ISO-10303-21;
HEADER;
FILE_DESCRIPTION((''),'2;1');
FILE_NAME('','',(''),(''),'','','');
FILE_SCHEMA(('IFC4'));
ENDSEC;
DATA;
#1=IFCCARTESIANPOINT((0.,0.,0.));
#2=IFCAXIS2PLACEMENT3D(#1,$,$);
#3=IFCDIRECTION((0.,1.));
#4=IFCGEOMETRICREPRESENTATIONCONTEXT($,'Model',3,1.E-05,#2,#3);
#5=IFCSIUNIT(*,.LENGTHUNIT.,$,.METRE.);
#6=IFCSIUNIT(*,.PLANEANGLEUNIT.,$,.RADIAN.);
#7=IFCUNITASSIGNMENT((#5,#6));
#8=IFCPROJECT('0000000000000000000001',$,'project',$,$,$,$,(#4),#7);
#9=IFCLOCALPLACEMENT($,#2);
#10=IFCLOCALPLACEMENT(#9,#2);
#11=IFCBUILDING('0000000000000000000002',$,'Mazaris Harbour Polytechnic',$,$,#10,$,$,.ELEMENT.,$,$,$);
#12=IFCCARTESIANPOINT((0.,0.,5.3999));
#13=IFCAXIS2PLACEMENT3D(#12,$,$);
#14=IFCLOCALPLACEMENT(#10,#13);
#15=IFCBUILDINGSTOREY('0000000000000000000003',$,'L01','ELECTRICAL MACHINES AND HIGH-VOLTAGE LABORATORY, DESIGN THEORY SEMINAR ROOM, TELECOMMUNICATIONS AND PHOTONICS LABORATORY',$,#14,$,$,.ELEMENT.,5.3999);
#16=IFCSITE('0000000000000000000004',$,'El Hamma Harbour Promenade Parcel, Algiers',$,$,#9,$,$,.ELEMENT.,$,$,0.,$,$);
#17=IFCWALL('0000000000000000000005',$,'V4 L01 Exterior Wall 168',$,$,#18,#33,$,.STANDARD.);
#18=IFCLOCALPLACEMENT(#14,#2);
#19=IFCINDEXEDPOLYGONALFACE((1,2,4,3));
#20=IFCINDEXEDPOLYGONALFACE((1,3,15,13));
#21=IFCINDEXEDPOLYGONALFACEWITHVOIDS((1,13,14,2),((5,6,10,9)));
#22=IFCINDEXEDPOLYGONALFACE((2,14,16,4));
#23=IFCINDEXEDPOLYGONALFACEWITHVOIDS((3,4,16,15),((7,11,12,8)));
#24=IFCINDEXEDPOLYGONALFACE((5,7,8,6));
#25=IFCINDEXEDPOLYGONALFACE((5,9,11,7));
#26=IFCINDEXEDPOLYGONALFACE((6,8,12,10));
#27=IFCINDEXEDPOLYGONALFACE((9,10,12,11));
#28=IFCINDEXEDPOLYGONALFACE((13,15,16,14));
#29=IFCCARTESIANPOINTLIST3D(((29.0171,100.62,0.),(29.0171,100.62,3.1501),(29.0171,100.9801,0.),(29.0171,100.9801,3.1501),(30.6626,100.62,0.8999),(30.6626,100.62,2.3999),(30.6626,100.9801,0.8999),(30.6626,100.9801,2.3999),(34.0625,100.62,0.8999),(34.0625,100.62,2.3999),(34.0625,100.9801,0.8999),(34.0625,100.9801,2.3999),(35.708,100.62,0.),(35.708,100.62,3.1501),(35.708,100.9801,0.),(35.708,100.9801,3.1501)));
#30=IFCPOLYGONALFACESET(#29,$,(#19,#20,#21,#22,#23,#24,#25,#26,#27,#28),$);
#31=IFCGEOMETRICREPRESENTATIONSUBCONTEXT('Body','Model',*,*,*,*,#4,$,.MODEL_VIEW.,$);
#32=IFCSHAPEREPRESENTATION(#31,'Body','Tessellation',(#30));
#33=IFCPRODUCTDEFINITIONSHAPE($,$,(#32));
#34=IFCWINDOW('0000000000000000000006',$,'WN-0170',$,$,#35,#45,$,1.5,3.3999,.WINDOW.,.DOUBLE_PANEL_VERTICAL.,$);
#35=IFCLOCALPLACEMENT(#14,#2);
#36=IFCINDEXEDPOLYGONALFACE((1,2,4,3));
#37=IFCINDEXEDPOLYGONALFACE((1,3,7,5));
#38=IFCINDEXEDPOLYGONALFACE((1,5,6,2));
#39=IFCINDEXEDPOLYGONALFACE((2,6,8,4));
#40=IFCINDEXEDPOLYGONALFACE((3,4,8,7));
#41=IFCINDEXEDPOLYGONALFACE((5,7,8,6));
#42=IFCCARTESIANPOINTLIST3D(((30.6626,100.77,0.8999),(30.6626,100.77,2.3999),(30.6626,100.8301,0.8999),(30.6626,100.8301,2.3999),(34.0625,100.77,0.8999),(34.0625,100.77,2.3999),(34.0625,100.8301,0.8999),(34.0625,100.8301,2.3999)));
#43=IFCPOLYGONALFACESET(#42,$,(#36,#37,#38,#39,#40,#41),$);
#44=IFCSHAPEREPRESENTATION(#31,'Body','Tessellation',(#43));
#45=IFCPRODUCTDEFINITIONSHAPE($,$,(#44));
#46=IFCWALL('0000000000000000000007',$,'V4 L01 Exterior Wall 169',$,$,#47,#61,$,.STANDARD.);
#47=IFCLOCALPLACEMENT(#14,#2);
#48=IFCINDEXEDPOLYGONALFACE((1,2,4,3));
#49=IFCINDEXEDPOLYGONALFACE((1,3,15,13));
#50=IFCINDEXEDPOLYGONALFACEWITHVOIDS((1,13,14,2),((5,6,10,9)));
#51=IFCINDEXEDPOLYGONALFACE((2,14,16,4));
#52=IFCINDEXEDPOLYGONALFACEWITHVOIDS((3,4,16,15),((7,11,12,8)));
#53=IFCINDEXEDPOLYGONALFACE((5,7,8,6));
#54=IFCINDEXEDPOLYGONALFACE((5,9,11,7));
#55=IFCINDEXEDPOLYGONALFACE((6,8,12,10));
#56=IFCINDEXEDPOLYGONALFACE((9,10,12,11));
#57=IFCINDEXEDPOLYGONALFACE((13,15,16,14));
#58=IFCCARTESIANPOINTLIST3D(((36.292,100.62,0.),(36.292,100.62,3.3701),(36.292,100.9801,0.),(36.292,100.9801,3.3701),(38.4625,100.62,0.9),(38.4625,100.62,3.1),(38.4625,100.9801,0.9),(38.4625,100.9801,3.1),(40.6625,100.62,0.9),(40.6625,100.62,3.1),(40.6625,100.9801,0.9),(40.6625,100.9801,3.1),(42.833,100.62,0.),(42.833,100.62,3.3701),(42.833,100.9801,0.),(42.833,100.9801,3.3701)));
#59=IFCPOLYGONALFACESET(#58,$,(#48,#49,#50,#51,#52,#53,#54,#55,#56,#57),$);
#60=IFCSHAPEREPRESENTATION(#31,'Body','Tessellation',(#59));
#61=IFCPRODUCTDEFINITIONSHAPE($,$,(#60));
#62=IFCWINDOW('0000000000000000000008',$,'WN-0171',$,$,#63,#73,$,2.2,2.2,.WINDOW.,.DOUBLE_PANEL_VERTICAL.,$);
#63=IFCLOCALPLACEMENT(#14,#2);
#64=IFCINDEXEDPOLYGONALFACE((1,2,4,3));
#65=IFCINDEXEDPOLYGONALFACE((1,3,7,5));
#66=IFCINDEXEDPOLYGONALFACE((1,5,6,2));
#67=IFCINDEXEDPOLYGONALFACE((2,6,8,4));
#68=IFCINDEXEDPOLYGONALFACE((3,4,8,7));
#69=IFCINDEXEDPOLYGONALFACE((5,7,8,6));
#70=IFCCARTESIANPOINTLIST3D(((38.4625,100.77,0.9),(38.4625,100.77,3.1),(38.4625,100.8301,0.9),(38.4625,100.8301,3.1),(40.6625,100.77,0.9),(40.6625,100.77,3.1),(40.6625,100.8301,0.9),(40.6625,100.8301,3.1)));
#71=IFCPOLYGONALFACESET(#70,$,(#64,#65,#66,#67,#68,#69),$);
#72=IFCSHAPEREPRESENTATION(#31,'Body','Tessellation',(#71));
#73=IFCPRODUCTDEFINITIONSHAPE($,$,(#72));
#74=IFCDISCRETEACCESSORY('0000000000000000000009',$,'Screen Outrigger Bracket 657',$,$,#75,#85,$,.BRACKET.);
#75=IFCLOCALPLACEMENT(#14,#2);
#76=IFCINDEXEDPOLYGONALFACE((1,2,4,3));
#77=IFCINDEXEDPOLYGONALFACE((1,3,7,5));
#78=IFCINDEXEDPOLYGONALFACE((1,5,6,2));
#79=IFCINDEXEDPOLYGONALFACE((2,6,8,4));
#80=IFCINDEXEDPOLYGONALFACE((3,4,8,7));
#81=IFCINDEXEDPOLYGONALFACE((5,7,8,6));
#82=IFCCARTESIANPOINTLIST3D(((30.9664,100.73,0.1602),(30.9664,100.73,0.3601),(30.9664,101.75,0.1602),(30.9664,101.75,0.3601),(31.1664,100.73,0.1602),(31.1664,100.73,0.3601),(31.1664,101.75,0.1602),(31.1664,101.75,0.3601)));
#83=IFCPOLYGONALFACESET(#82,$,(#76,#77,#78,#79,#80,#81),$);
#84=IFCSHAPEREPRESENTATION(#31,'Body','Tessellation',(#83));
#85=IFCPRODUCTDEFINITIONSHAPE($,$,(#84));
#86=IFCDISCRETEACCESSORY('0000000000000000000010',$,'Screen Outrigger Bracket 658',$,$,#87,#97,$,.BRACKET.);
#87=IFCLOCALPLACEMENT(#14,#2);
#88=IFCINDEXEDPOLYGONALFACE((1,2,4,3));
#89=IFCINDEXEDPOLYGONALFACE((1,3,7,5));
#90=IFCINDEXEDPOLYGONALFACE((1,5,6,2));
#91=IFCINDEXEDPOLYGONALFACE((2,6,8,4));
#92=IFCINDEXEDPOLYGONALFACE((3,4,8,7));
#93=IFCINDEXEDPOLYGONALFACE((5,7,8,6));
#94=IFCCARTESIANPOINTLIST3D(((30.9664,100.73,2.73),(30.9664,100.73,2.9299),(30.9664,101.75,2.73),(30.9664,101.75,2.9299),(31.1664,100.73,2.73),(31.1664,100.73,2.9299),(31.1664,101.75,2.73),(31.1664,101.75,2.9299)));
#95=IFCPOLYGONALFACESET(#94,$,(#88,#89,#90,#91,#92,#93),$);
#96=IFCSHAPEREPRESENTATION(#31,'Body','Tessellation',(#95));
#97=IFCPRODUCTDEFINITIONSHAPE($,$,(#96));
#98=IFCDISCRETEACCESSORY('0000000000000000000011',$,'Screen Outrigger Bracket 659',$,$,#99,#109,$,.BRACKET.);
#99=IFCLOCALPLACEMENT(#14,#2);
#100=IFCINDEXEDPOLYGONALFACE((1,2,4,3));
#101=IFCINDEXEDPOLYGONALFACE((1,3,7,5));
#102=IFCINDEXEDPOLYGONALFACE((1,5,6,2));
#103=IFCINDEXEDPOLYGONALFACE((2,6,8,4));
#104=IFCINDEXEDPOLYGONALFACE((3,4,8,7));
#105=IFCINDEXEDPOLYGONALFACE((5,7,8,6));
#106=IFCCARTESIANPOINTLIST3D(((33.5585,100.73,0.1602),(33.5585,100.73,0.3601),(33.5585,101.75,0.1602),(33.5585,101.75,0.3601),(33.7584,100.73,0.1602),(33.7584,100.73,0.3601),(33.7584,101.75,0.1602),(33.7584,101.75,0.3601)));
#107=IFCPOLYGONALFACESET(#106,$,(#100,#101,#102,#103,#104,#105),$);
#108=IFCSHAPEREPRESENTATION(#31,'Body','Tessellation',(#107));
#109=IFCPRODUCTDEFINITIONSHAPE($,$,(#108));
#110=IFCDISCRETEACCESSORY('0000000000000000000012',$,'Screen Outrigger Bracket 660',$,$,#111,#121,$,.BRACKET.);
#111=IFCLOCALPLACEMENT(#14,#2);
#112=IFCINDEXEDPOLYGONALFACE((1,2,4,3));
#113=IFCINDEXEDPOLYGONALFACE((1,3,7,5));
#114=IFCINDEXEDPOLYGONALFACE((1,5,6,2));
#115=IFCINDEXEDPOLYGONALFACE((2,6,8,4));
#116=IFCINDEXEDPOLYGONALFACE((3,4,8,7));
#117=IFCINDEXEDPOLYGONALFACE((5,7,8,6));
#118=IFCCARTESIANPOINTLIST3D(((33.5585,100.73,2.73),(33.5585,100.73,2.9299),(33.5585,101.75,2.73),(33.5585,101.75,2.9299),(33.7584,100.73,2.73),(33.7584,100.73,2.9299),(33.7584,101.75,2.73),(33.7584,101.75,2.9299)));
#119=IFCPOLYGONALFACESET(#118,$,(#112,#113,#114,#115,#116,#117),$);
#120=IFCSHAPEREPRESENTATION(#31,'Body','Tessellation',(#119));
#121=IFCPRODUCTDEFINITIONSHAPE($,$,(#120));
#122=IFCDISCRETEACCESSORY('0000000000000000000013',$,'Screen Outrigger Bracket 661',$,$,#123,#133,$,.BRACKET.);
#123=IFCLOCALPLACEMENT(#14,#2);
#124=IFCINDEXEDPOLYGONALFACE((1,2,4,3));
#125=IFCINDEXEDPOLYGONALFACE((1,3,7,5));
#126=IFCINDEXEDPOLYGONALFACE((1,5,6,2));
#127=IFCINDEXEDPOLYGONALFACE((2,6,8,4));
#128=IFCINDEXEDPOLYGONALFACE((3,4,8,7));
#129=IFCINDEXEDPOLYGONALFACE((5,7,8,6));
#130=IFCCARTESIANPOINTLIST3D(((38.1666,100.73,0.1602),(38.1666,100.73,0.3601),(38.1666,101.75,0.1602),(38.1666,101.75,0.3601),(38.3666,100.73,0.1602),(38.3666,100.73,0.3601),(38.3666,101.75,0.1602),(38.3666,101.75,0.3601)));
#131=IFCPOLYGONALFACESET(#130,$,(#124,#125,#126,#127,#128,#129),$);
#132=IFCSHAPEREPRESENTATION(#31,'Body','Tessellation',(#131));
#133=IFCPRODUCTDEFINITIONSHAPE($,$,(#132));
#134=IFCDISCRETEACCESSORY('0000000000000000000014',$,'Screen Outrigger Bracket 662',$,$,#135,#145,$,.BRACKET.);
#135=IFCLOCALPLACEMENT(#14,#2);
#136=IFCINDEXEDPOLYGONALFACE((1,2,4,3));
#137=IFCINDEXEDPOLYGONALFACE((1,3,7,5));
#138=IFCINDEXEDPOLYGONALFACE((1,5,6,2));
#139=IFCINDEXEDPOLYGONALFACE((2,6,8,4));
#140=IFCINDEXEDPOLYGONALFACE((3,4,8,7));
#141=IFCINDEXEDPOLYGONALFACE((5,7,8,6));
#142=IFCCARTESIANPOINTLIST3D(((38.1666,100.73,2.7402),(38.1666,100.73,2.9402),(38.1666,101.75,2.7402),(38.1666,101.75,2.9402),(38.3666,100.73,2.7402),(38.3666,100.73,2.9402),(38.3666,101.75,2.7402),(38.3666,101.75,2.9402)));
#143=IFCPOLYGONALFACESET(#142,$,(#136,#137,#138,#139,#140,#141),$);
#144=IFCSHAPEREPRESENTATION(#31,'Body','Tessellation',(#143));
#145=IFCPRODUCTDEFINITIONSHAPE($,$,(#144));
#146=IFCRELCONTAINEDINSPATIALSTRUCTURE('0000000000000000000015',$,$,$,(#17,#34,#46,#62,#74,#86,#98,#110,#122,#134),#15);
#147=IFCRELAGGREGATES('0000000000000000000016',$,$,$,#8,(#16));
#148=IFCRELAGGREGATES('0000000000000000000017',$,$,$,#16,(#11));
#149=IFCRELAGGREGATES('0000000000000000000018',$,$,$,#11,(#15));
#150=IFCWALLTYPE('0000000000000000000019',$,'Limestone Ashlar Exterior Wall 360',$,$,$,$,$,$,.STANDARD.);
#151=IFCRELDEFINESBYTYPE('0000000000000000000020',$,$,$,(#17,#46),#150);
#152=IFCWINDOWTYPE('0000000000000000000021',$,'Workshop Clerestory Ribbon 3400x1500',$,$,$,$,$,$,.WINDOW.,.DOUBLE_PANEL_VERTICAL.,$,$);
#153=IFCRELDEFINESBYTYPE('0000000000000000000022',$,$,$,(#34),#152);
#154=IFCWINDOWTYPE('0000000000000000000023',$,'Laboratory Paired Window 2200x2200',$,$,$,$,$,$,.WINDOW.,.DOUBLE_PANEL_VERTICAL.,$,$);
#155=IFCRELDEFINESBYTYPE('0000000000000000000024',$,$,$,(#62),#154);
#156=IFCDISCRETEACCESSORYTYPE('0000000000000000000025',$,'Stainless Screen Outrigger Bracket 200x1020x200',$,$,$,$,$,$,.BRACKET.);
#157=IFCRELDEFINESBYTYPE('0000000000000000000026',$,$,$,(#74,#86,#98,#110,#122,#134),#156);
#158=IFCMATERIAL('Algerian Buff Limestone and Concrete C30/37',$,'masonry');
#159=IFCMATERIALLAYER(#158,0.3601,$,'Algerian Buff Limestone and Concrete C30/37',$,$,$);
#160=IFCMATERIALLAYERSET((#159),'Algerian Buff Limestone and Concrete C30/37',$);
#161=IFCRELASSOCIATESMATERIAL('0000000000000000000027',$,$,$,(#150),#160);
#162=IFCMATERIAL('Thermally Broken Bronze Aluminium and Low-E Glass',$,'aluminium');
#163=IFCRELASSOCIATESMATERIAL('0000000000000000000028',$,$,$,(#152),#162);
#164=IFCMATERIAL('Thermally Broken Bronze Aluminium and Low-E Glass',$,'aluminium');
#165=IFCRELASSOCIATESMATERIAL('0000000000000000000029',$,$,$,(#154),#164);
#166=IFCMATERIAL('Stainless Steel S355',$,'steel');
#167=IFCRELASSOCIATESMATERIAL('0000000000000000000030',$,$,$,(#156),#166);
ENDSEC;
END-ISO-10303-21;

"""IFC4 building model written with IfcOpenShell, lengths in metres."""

from ifc_helpers import new_model, si_unit, direction, frame, frame_2d, origin, origin_2d, place, context, subcontext, project, spatial, rectangle, extrude, material, layer, layer_set, type_object, element, fill, save


model = new_model("IFC4")

# Units and contexts
model_context = context("Model", 3, precision=1e-05, world=origin(), true_north=direction((0.0, 1.0)))
body_context = subcontext(model_context, "Body", "Model", "MODEL_VIEW")
ifc_project = project(units=[si_unit("LENGTHUNIT", "METRE"), si_unit("PLANEANGLEUNIT", "RADIAN")], contexts=[model_context])

# Site, building, storey
site_placement = place(None, origin())
site = spatial("IfcSite", under=ifc_project, at=site_placement, Name="El Hamma Harbour Promenade Parcel, Algiers", CompositionType="ELEMENT", RefElevation=0.0)
building_placement = place(site_placement, origin())
building = spatial("IfcBuilding", under=site, at=building_placement, Name="Mazaris Harbour Polytechnic", CompositionType="ELEMENT")
storey_placement = place(building_placement, frame((0.0, 0.0, 5.3999)))
storey = spatial("IfcBuildingStorey", under=building, at=storey_placement, Name="L01", Description="ELECTRICAL MACHINES AND HIGH-VOLTAGE LABORATORY, DESIGN THEORY SEMINAR ROOM, TELECOMMUNICATIONS AND PHOTONICS LABORATORY", CompositionType="ELEMENT", Elevation=5.3999)

# Walls, openings, windows
ifc_material_1 = material(Name="Algerian Buff Limestone and Concrete C30/37", Category="masonry")
ifc_layer = layer(ifc_material_1, 0.3601, Name="Algerian Buff Limestone and Concrete C30/37")
ifc_layer_set = layer_set([ifc_layer], Name="Algerian Buff Limestone and Concrete C30/37")
wall_type = type_object("IfcWallType", Name="Limestone Ashlar Exterior Wall 360", PredefinedType="STANDARD", material=ifc_layer_set)
wall_1_placement = place(storey_placement, frame((29.0171, 100.8, 0.0), z_axis=(0.0, 0.0, 1.0), x_axis=(1.0, 0.0, 0.0)))
wall_1 = element("IfcWall", 1, at=wall_1_placement, inside=storey, type_object=wall_type, Name="V4 L01 Exterior Wall 168", PredefinedType="STANDARD", context=body_context, shape_type="SweptSolid", body=[
    extrude(rectangle(XDim=6.6909, YDim=0.3601, at=frame_2d((3.3455, 0.0))), origin(), (0.0, 0.0, 1.0), 3.1501),
])
opening_1_placement = place(wall_1_placement, frame((1.6455, 0.0, 0.8999)))
opening_1 = element("IfcOpeningElement", 2, at=opening_1_placement, cuts=wall_1, PredefinedType="OPENING", context=body_context, shape_type="SweptSolid", body=[
    extrude(rectangle(XDim=3.3999, YDim=1.5, at=frame_2d((1.7, 0.75))), frame((0.0, 0.1899, 0.0), z_axis=(0.0, -1.0, 0.0), x_axis=(1.0, 0.0, 0.0)), (0.0, 0.0, 1.0), 0.3801),
])
ifc_material_2 = material(Name="Thermally Broken Bronze Aluminium and Low-E Glass", Category="aluminium")
window_type_1 = type_object("IfcWindowType", Name="Workshop Clerestory Ribbon 3400x1500", PartitioningType="DOUBLE_PANEL_VERTICAL", PredefinedType="WINDOW", material=ifc_material_2)
window_1_placement = place(opening_1_placement, origin())
window_1 = element("IfcWindow", 3, at=window_1_placement, inside=storey, type_object=window_type_1, Name="WN-0170", OverallHeight=1.5, OverallWidth=3.3999, PartitioningType="DOUBLE_PANEL_VERTICAL", PredefinedType="WINDOW", context=body_context, shape_type="SweptSolid", body=[
    extrude(rectangle(XDim=3.3999, YDim=1.5, at=frame_2d((1.7, 0.75))), frame((0.0, 0.03, 0.0), z_axis=(0.0, -1.0, 0.0), x_axis=(1.0, 0.0, 0.0)), (0.0, 0.0, 1.0), 0.0601),
])
fill(opening_1, window_1)
wall_2_placement = place(storey_placement, frame((36.292, 100.8, 0.0), z_axis=(0.0, 0.0, 1.0), x_axis=(1.0, 0.0, 0.0)))
wall_2 = element("IfcWall", 4, at=wall_2_placement, inside=storey, type_object=wall_type, Name="V4 L01 Exterior Wall 169", PredefinedType="STANDARD", context=body_context, shape_type="SweptSolid", body=[
    extrude(rectangle(XDim=6.541, YDim=0.3601, at=frame_2d((3.2705, 0.0))), origin(), (0.0, 0.0, 1.0), 3.3701),
])
opening_2_placement = place(wall_2_placement, frame((2.1704, 0.0, 0.8999)))
opening_2 = element("IfcOpeningElement", 5, at=opening_2_placement, cuts=wall_2, PredefinedType="OPENING", context=body_context, shape_type="SweptSolid", body=[
    extrude(rectangle(XDim=2.2, YDim=2.2, at=frame_2d((1.1001, 1.1001))), frame((0.0, 0.1899, 0.0), z_axis=(0.0, -1.0, 0.0), x_axis=(1.0, 0.0, 0.0)), (0.0, 0.0, 1.0), 0.3801),
])
ifc_material_3 = material(Name="Thermally Broken Bronze Aluminium and Low-E Glass", Category="aluminium")
window_type_2 = type_object("IfcWindowType", Name="Laboratory Paired Window 2200x2200", PartitioningType="DOUBLE_PANEL_VERTICAL", PredefinedType="WINDOW", material=ifc_material_3)
window_2_placement = place(opening_2_placement, origin())
window_2 = element("IfcWindow", 6, at=window_2_placement, inside=storey, type_object=window_type_2, Name="WN-0171", OverallHeight=2.2, OverallWidth=2.2, PartitioningType="DOUBLE_PANEL_VERTICAL", PredefinedType="WINDOW", context=body_context, shape_type="SweptSolid", body=[
    extrude(rectangle(XDim=2.2, YDim=2.2, at=frame_2d((1.1001, 1.1001))), frame((0.0, 0.03, 0.0), z_axis=(0.0, -1.0, 0.0), x_axis=(1.0, 0.0, 0.0)), (0.0, 0.0, 1.0), 0.0601),
])
fill(opening_2, window_2)

# Discrete accessories
ifc_material_4 = material(Name="Stainless Steel S355", Category="steel")
discrete_accessory_type = type_object("IfcDiscreteAccessoryType", Name="Stainless Screen Outrigger Bracket 200x1020x200", PredefinedType="BRACKET", material=ifc_material_4)
for number, where, z_axis, x_axis, name in (
    (7, (31.0664, 101.24, 0.1602), (0.0, 0.0, 1.0), (1.0, 0.0, 0.0), "Screen Outrigger Bracket 657"),
    (8, (31.0664, 101.24, 2.73), (0.0, 0.0, 1.0), (1.0, 0.0, 0.0), "Screen Outrigger Bracket 658"),
    (9, (33.6584, 101.24, 0.1602), (0.0, 0.0, 1.0), (1.0, 0.0, 0.0), "Screen Outrigger Bracket 659"),
    (10, (33.6584, 101.24, 2.73), (0.0, 0.0, 1.0), (1.0, 0.0, 0.0), "Screen Outrigger Bracket 660"),
    (11, (38.2666, 101.24, 0.1602), (0.0, 0.0, 1.0), (1.0, 0.0, 0.0), "Screen Outrigger Bracket 661"),
    (12, (38.2666, 101.24, 2.7402), (0.0, 0.0, 1.0), (1.0, 0.0, 0.0), "Screen Outrigger Bracket 662"),
):
    element("IfcDiscreteAccessory", number, at=place(storey_placement, frame(where, z_axis=z_axis, x_axis=x_axis)), inside=storey, type_object=discrete_accessory_type, Name=name, PredefinedType="BRACKET", context=body_context, shape_type="SweptSolid", body=[
        extrude(rectangle(XDim=0.2, YDim=1.02, at=origin_2d()), origin(), (0.0, 0.0, 1.0), 0.2),
    ])

save(model, "model.ifc")
